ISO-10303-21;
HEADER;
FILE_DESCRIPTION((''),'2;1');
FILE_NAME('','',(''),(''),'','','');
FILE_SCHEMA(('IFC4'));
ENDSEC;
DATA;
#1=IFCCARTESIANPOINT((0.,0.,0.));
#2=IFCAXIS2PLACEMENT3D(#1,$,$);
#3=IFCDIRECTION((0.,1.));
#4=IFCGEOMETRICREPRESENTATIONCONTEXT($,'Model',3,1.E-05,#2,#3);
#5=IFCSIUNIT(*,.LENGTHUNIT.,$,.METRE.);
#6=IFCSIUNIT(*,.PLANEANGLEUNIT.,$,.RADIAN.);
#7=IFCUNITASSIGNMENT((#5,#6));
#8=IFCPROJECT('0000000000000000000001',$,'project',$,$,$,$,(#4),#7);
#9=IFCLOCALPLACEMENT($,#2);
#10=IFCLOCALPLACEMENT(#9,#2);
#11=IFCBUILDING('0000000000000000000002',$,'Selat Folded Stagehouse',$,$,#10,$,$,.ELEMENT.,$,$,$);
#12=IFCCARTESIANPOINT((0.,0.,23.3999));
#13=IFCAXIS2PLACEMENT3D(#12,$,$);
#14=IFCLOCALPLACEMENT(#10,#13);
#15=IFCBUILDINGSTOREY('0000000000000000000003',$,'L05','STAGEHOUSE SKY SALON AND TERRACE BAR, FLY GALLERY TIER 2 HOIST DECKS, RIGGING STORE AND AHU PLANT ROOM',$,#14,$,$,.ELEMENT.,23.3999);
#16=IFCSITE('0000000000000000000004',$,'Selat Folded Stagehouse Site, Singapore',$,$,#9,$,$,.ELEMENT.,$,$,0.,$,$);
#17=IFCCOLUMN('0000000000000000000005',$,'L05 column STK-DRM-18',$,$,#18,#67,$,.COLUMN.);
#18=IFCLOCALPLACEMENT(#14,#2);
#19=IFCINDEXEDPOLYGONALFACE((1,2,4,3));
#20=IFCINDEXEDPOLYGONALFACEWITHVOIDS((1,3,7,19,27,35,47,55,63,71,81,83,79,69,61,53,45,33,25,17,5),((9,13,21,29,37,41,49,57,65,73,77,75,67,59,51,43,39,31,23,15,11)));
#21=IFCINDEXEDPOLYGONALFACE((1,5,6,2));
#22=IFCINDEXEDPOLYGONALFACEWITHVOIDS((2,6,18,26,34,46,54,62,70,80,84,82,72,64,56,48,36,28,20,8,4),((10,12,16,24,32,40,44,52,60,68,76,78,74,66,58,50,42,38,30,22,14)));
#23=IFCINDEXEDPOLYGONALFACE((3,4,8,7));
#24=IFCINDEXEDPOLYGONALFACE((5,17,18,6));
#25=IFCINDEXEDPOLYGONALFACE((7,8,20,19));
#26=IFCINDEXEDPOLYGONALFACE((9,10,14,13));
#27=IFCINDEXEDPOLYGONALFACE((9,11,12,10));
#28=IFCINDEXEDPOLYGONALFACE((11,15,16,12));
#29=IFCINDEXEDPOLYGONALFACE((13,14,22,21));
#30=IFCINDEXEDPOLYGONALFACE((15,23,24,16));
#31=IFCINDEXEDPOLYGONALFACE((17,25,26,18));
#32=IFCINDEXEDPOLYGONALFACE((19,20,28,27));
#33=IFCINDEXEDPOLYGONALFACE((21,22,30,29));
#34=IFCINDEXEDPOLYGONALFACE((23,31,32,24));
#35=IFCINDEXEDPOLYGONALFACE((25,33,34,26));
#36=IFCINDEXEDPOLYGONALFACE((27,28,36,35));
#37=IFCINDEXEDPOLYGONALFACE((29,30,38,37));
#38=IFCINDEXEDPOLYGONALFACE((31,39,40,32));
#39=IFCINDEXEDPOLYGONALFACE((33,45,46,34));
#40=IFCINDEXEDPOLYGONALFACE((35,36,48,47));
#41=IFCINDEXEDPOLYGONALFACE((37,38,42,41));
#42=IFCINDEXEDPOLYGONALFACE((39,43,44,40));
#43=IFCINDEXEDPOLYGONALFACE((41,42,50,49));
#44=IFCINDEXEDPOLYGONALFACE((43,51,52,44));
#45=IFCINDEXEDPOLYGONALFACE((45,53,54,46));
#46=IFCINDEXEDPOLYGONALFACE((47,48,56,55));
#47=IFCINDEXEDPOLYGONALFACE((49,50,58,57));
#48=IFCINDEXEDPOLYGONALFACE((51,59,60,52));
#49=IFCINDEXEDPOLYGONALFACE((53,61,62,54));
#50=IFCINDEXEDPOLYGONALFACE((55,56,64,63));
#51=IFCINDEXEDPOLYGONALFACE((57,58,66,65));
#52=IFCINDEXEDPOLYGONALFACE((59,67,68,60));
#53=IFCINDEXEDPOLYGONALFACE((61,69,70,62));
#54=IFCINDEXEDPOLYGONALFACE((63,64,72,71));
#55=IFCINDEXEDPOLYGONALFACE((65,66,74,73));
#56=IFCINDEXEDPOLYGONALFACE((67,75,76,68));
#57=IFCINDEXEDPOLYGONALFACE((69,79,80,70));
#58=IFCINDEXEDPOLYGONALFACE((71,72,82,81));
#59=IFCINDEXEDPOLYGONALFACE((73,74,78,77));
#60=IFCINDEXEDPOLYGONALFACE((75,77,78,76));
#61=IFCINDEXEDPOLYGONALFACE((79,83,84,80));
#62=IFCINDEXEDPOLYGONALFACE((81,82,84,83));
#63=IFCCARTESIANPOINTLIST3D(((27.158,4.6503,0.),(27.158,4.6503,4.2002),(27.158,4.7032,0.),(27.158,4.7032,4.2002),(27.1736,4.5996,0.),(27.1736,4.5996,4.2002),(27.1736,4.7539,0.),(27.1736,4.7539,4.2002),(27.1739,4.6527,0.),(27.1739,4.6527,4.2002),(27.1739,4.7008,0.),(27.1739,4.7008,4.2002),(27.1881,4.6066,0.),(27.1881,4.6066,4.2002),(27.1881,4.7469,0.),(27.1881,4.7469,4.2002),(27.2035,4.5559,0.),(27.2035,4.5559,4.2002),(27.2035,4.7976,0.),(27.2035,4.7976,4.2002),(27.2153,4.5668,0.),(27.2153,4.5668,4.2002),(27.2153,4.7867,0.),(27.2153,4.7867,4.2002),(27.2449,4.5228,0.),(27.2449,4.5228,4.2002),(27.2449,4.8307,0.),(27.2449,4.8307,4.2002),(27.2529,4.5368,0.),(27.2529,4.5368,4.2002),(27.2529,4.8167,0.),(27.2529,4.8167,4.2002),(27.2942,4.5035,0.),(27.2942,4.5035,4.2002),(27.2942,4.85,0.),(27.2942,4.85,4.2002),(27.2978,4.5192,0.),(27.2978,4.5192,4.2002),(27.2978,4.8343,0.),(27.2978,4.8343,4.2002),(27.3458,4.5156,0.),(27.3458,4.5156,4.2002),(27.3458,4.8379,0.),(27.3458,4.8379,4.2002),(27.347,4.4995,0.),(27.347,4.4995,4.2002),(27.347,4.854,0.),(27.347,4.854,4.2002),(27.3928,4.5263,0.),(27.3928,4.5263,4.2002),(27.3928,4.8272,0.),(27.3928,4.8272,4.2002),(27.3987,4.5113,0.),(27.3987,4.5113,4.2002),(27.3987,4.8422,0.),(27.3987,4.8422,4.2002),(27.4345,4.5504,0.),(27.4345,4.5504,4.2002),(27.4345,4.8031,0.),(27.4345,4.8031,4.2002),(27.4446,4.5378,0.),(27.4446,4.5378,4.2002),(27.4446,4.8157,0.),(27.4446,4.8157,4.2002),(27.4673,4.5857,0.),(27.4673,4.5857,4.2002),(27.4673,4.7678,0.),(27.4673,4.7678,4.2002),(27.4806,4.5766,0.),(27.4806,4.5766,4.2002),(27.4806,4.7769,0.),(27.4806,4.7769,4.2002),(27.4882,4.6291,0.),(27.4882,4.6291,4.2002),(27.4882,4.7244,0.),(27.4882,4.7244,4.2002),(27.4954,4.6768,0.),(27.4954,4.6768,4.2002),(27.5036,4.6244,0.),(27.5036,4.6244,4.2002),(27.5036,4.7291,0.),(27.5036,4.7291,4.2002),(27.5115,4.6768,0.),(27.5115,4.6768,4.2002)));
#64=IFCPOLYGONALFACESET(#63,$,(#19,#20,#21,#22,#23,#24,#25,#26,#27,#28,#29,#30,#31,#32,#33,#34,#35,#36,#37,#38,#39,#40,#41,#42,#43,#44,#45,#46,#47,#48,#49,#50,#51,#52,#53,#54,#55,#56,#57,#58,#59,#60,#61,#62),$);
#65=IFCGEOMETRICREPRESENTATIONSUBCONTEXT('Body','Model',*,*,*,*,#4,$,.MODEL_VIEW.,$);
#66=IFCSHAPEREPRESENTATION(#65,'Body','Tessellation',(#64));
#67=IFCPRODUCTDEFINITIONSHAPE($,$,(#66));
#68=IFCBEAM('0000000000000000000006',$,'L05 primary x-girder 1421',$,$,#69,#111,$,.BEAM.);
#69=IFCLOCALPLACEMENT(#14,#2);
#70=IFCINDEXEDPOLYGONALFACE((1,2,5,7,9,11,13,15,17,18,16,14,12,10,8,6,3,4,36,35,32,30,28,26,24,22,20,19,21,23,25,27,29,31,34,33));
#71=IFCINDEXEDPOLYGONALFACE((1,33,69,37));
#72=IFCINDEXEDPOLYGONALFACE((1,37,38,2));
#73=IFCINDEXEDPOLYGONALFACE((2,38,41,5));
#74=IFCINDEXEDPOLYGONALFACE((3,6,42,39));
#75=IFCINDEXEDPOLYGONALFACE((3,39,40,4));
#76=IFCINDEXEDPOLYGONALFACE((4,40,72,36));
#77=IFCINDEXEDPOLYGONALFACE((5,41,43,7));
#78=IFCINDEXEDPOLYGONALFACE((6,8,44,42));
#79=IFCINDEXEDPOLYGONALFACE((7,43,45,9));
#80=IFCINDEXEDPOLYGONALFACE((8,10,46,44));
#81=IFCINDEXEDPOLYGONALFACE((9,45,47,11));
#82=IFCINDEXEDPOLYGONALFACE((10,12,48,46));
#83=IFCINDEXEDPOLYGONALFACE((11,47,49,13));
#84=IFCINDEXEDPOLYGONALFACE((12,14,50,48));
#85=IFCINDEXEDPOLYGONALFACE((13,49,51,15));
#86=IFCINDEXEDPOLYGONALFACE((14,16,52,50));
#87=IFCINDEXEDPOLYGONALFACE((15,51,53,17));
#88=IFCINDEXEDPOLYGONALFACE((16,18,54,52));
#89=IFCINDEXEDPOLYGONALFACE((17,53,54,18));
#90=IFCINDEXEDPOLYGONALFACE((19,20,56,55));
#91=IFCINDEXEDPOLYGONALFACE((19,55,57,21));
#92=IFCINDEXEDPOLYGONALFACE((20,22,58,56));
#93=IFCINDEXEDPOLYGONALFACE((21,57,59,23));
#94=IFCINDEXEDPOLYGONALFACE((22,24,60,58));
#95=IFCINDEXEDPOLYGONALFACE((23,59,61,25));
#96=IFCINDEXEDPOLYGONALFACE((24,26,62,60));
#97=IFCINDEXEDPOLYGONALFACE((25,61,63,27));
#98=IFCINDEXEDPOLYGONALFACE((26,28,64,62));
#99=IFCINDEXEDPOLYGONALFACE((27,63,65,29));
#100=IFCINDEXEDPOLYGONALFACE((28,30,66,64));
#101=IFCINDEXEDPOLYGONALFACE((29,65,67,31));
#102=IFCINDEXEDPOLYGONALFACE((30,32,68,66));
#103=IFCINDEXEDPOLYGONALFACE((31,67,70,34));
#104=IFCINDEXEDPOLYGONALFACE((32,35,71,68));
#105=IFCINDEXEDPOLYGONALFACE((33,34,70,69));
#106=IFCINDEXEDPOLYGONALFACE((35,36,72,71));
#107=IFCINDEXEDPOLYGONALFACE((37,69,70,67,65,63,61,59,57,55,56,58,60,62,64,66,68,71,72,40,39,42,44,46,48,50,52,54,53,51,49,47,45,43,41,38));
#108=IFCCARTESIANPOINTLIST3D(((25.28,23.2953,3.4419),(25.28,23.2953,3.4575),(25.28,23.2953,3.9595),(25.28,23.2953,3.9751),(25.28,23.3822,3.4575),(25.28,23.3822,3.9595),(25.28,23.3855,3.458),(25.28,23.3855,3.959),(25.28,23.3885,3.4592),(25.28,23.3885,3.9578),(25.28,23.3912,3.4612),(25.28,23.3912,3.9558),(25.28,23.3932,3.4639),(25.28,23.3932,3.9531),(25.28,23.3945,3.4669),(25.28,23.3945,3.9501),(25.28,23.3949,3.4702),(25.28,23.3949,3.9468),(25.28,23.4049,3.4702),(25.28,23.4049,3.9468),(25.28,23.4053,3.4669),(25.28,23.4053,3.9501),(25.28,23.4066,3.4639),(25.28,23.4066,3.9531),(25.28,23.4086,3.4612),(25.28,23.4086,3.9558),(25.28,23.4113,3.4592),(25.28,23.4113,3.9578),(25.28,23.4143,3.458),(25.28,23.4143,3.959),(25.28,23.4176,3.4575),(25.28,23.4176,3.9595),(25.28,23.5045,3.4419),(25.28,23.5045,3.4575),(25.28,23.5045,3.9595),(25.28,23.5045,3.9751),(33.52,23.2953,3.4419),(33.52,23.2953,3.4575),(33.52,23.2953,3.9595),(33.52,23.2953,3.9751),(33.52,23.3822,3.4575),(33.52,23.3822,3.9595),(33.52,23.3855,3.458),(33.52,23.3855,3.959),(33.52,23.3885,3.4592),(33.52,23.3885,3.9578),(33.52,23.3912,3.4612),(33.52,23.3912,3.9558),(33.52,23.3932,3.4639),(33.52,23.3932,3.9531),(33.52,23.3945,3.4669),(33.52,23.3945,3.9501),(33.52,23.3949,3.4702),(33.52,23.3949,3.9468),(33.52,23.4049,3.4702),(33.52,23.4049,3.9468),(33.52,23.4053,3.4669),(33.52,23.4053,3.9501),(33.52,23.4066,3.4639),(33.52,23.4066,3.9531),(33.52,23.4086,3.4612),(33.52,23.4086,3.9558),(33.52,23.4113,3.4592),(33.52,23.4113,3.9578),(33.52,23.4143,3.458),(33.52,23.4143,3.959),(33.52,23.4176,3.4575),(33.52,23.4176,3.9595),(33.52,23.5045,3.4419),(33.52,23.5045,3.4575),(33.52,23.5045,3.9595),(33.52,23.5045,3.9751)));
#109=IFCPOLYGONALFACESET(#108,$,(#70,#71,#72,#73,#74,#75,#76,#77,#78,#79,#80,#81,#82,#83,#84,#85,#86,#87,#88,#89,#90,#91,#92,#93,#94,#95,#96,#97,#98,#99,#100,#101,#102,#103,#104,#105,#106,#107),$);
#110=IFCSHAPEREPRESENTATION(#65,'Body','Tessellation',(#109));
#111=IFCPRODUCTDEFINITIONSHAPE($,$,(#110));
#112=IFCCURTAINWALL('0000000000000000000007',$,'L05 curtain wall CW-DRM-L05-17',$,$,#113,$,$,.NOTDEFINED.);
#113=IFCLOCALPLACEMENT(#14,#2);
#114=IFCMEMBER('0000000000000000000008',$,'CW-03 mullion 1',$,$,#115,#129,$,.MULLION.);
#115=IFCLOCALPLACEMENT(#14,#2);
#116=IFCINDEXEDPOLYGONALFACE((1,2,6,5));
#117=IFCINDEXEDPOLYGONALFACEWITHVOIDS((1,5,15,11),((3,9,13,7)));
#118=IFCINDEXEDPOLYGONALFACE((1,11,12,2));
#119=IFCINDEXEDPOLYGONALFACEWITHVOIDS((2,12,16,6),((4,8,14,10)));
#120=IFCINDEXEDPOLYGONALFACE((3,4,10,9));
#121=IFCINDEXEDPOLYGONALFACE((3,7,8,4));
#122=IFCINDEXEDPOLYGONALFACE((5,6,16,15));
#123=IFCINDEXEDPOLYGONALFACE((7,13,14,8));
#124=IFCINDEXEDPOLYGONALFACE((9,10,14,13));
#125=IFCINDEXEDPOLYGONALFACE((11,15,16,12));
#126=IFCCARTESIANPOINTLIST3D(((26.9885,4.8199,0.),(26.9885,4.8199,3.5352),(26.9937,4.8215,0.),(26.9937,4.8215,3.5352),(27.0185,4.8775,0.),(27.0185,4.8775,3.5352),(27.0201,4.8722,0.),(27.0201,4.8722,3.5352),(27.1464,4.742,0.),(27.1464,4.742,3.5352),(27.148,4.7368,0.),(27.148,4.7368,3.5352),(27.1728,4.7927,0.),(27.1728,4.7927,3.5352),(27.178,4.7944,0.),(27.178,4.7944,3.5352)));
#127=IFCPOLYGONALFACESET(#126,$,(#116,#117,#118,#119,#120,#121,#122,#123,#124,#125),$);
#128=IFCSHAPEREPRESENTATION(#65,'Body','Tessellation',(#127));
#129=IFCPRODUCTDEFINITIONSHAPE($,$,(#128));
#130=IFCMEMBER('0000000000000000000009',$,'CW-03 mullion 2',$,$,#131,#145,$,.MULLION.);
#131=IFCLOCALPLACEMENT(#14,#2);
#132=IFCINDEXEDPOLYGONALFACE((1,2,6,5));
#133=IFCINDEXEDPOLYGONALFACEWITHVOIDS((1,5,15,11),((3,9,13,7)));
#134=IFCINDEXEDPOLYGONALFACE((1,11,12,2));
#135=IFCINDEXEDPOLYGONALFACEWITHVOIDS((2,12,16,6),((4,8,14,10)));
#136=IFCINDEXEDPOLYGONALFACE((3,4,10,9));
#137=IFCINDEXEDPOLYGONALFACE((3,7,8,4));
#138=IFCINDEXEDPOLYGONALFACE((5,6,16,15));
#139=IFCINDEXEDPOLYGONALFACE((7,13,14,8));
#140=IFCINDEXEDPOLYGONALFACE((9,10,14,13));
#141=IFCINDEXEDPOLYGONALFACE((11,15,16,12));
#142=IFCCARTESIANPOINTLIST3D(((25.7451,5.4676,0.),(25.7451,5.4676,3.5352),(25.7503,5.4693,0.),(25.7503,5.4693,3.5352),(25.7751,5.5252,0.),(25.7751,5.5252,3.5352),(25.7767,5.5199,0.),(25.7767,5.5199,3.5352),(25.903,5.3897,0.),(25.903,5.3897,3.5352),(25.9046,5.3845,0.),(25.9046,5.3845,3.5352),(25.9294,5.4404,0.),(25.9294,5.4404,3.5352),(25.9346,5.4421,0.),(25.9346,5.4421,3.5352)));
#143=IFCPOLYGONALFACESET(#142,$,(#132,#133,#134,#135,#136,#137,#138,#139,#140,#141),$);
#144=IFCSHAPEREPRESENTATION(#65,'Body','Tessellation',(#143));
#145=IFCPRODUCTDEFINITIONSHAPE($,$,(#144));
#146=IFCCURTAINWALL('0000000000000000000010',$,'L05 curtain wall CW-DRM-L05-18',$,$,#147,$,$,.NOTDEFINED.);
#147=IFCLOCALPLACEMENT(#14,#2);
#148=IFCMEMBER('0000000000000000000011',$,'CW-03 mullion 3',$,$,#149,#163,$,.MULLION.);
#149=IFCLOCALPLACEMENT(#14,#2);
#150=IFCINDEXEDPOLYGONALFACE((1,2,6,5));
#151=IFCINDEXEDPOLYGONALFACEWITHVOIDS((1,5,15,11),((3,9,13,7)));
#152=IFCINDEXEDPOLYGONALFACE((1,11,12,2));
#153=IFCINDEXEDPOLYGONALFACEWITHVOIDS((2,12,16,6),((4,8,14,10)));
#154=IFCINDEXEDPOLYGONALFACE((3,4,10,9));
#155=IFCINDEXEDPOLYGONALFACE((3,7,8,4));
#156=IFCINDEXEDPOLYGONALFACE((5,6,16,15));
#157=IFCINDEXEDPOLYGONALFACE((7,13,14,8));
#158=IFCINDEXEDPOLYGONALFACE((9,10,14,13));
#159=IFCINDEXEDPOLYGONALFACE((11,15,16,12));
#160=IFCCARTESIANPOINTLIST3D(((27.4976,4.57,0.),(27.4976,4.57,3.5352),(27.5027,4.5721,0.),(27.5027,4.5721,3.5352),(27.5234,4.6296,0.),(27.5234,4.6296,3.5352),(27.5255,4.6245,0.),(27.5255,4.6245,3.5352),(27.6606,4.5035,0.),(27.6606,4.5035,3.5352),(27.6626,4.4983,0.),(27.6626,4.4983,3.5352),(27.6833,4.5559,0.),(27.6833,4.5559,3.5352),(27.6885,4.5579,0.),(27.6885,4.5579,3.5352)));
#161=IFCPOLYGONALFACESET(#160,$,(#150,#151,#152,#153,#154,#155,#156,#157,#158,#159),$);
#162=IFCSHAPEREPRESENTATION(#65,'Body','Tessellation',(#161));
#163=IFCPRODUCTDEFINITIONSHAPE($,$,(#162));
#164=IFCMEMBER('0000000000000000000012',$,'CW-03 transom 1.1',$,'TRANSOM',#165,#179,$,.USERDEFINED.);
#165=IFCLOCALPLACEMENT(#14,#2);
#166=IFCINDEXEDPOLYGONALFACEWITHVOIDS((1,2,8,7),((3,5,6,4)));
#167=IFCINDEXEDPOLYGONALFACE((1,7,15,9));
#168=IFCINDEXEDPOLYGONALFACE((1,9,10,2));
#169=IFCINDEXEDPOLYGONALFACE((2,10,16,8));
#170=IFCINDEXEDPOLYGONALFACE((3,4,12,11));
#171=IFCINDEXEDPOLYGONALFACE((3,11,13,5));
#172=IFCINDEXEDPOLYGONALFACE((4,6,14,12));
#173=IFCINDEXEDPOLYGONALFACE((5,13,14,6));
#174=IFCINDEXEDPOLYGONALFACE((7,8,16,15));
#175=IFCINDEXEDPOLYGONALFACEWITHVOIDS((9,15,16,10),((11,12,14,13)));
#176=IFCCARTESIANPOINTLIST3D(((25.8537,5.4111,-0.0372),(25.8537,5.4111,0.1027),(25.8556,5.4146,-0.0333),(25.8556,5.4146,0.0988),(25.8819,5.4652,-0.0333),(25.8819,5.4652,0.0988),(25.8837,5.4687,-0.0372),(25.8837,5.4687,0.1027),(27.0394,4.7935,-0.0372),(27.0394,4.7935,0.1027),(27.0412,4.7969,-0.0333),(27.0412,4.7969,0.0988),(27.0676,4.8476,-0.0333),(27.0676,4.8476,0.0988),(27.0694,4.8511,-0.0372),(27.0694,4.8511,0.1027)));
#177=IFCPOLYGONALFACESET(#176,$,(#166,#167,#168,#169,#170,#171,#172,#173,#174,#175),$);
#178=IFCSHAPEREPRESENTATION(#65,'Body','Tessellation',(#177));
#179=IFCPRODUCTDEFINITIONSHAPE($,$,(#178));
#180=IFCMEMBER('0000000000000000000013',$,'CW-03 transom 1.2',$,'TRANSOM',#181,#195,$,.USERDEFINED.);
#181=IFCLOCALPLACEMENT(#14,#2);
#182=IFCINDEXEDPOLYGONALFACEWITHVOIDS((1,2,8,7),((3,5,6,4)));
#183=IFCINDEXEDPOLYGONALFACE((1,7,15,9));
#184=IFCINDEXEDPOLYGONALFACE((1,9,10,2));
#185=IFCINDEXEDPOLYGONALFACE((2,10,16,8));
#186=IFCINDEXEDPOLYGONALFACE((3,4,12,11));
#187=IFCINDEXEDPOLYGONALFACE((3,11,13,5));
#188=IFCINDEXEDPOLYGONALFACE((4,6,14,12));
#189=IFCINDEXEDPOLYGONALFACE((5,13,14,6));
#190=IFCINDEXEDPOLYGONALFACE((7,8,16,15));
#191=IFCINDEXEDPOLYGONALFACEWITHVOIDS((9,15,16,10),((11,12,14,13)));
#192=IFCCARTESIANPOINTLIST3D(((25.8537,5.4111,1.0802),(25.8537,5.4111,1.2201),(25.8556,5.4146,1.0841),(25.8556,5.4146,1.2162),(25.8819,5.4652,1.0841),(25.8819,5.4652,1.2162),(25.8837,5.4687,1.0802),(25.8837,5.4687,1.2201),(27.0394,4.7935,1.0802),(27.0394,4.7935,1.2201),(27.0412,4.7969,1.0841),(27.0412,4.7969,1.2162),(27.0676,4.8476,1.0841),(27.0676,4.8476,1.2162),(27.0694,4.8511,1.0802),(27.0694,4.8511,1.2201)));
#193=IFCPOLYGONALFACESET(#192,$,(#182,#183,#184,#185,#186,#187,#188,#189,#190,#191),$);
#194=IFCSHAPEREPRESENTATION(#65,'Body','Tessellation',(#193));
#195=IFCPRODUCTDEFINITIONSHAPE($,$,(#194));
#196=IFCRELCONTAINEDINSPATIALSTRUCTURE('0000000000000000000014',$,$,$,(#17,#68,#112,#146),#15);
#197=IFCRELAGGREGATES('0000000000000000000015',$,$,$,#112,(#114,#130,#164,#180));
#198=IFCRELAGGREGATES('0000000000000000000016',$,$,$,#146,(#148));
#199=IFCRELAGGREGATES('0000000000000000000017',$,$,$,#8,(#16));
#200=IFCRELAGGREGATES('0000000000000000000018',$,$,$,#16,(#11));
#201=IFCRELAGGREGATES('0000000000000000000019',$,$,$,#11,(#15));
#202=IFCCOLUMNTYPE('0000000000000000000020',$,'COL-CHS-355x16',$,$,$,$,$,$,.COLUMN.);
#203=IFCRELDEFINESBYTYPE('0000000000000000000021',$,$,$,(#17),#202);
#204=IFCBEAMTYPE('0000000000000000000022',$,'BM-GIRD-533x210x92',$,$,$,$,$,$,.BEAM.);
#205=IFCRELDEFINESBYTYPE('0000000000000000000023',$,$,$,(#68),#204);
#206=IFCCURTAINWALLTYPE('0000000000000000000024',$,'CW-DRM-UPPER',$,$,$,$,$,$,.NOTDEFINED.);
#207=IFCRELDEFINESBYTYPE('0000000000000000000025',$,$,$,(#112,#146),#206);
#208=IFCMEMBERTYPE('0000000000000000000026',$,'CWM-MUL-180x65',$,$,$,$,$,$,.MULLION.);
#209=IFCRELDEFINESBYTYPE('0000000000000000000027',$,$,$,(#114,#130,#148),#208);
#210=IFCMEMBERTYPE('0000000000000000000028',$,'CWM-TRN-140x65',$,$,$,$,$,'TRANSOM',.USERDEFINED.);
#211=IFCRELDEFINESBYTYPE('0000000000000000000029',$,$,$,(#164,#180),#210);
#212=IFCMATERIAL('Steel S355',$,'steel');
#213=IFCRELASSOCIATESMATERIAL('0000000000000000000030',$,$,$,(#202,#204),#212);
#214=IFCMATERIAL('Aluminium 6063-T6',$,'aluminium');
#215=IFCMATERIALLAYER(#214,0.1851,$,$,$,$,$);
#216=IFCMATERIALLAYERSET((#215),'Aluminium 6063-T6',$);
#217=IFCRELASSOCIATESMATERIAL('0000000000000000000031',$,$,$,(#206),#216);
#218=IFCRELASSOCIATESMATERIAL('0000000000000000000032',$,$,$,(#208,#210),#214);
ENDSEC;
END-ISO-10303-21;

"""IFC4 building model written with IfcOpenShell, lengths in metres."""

from ifc_helpers import new_model, si_unit, direction, frame, origin, origin_2d, place, context, subcontext, project, spatial, hollow_rectangle, hollow_circle, i_section, extrude, material, layer, layer_set, material_profile, profile_set, type_object, element, aggregate, save


model = new_model("IFC4")

# Units and contexts
model_context = context("Model", 3, precision=1e-05, world=origin(), true_north=direction((0.0, 1.0)))
body_context = subcontext(model_context, "Body", "Model", "MODEL_VIEW")
ifc_project = project(units=[si_unit("LENGTHUNIT", "METRE"), si_unit("PLANEANGLEUNIT", "RADIAN")], contexts=[model_context])

# Site, building, storey
site_placement = place(None, origin())
site = spatial("IfcSite", under=ifc_project, at=site_placement, Name="Selat Folded Stagehouse Site, Singapore", CompositionType="ELEMENT", RefElevation=0.0)
building_placement = place(site_placement, origin())
building = spatial("IfcBuilding", under=site, at=building_placement, Name="Selat Folded Stagehouse", CompositionType="ELEMENT")
storey_placement = place(building_placement, frame((0.0, 0.0, 23.3999)))
storey = spatial("IfcBuildingStorey", under=building, at=storey_placement, Name="L05", Description="STAGEHOUSE SKY SALON AND TERRACE BAR, FLY GALLERY TIER 2 HOIST DECKS, RIGGING STORE AND AHU PLANT ROOM", CompositionType="ELEMENT", Elevation=23.3999)

# Column
ifc_material_1 = material(Name="Steel S355", Category="steel")
ifc_material_profile_1 = material_profile(ifc_material_1, hollow_circle(Radius=0.1777, WallThickness=0.0161, at=origin_2d()), Name="CHS 355.6x16.0")
ifc_profile_set_1 = profile_set([ifc_material_profile_1], Name="Steel S355")
column_type = type_object("IfcColumnType", Name="COL-CHS-355x16", PredefinedType="COLUMN", material=ifc_profile_set_1)
column_placement = place(storey_placement, frame((27.3337, 4.6768, 0.0), z_axis=(0.0, 0.0, 1.0), x_axis=(1.0, 0.0, 0.0)))
element("IfcColumn", 1, at=column_placement, inside=storey, type_object=column_type, Name="L05 column STK-DRM-18", PredefinedType="COLUMN", context=body_context, shape_type="SweptSolid", body=[
    extrude(hollow_circle(Radius=0.1777, WallThickness=0.0161, at=origin_2d()), origin(), (0.0, 0.0, 1.0), 4.2002),
])

# Beam
ifc_material_profile_2 = material_profile(ifc_material_1, i_section(OverallWidth=0.2092, OverallDepth=0.5332, WebThickness=0.01, FlangeThickness=0.0156, FilletRadius=0.0127, at=origin_2d()), Name="UKB 533x210x92")
ifc_profile_set_2 = profile_set([ifc_material_profile_2], Name="Steel S355")
beam_type_1 = type_object("IfcBeamType", Name="BM-GIRD-533x210x92", PredefinedType="BEAM", material=ifc_profile_set_2)
beam_1_placement = place(storey_placement, frame((25.28, 23.3999, 3.7085), z_axis=(1.0, 0.0, 0.0), x_axis=(0.0, 1.0, 0.0)))
element("IfcBeam", 2, at=beam_1_placement, inside=storey, type_object=beam_type_1, Name="L05 primary x-girder 1421", PredefinedType="BEAM", context=body_context, shape_type="SweptSolid", body=[
    extrude(i_section(OverallWidth=0.2092, OverallDepth=0.5332, WebThickness=0.01, FlangeThickness=0.0156, FilletRadius=0.0127, at=origin_2d()), origin(), (0.0, 0.0, 1.0), 8.24),
])

# Curtain wall, members
ifc_material_2 = material(Name="Aluminium 6063-T6", Category="aluminium")
ifc_layer_1 = layer(ifc_material_2, 0.1851)
ifc_layer_set_1 = layer_set([ifc_layer_1], Name="Aluminium 6063-T6")
curtain_wall_type = type_object("IfcCurtainWallType", Name="CW-DRM-UPPER", PredefinedType="NOTDEFINED", material=ifc_layer_set_1)
curtain_wall_1_placement = place(storey_placement, origin())
curtain_wall_1 = element("IfcCurtainWall", 3, at=curtain_wall_1_placement, inside=storey, type_object=curtain_wall_type, Name="L05 curtain wall CW-DRM-L05-17", PredefinedType="NOTDEFINED")
ifc_material_profile_3 = material_profile(ifc_material_2, hollow_rectangle(XDim=0.0649, YDim=0.1799, WallThickness=0.0039, at=origin_2d()), Name="ALU 180x65x4.0")
ifc_profile_set_3 = profile_set([ifc_material_profile_3], Name="Aluminium 6063-T6")
member_type_1 = type_object("IfcMemberType", Name="CWM-MUL-180x65", PredefinedType="MULLION", material=ifc_profile_set_3)
member_1_placement = place(storey_placement, frame((27.0833, 4.8071, 0.0), z_axis=(0.0, 0.0, 1.0), x_axis=(-0.461931, -0.886916, 0.0)))
member_1 = element("IfcMember", 4, at=member_1_placement, type_object=member_type_1, Name="CW-03 mullion 1", PredefinedType="MULLION", context=body_context, shape_type="SweptSolid", body=[
    extrude(hollow_rectangle(XDim=0.0649, YDim=0.1799, WallThickness=0.0039, at=origin_2d()), origin(), (0.0, 0.0, 1.0), 3.5352),
])
member_2_placement = place(storey_placement, frame((25.8398, 5.4548, 0.0), z_axis=(0.0, 0.0, 1.0), x_axis=(-0.461931, -0.886916, 0.0)))
member_2 = element("IfcMember", 5, at=member_2_placement, type_object=member_type_1, Name="CW-03 mullion 2", PredefinedType="MULLION", context=body_context, shape_type="SweptSolid", body=[
    extrude(hollow_rectangle(XDim=0.0649, YDim=0.1799, WallThickness=0.0039, at=origin_2d()), origin(), (0.0, 0.0, 1.0), 3.5352),
])

# Curtain wall, member
curtain_wall_2_placement = place(storey_placement, origin())
curtain_wall_2 = element("IfcCurtainWall", 6, at=curtain_wall_2_placement, inside=storey, type_object=curtain_wall_type, Name="L05 curtain wall CW-DRM-L05-18", PredefinedType="NOTDEFINED")
member_3_placement = place(storey_placement, frame((27.593, 4.564, 0.0), z_axis=(0.0, 0.0, 1.0), x_axis=(-0.39858, -0.917134, 0.0)))
member_3 = element("IfcMember", 7, at=member_3_placement, type_object=member_type_1, Name="CW-03 mullion 3", PredefinedType="MULLION", context=body_context, shape_type="SweptSolid", body=[
    extrude(hollow_rectangle(XDim=0.0649, YDim=0.1799, WallThickness=0.0039, at=origin_2d()), origin(), (0.0, 0.0, 1.0), 3.5352),
])

# Members
ifc_material_profile_4 = material_profile(ifc_material_2, hollow_rectangle(XDim=0.0649, YDim=0.1399, WallThickness=0.0039, at=origin_2d()), Name="ALU 140x65x4.0")
ifc_profile_set_4 = profile_set([ifc_material_profile_4], Name="Aluminium 6063-T6")
member_type_2 = type_object("IfcMemberType", Name="CWM-TRN-140x65", ElementType="TRANSOM", PredefinedType="USERDEFINED", material=ifc_profile_set_4)
member_4_placement = place(storey_placement, frame((27.0544, 4.8223, 0.0327), z_axis=(-0.886891, 0.461979, 0.0), x_axis=(-0.461979, -0.886891, 0.0)))
member_4 = element("IfcMember", 8, at=member_4_placement, type_object=member_type_2, Name="CW-03 transom 1.1", ObjectType="TRANSOM", PredefinedType="USERDEFINED", context=body_context, shape_type="SweptSolid", body=[
    extrude(hollow_rectangle(XDim=0.0649, YDim=0.1399, WallThickness=0.0039, at=origin_2d()), origin(), (0.0, 0.0, 1.0), 1.3369),
])
member_5_placement = place(storey_placement, frame((27.0544, 4.8223, 1.1501), z_axis=(-0.886891, 0.461979, 0.0), x_axis=(-0.461979, -0.886891, 0.0)))
member_5 = element("IfcMember", 9, at=member_5_placement, type_object=member_type_2, Name="CW-03 transom 1.2", ObjectType="TRANSOM", PredefinedType="USERDEFINED", context=body_context, shape_type="SweptSolid", body=[
    extrude(hollow_rectangle(XDim=0.0649, YDim=0.1399, WallThickness=0.0039, at=origin_2d()), origin(), (0.0, 0.0, 1.0), 1.3369),
])

aggregate(curtain_wall_1, [member_1, member_2, member_4, member_5])
aggregate(curtain_wall_2, [member_3])

save(model, "model.ifc")
